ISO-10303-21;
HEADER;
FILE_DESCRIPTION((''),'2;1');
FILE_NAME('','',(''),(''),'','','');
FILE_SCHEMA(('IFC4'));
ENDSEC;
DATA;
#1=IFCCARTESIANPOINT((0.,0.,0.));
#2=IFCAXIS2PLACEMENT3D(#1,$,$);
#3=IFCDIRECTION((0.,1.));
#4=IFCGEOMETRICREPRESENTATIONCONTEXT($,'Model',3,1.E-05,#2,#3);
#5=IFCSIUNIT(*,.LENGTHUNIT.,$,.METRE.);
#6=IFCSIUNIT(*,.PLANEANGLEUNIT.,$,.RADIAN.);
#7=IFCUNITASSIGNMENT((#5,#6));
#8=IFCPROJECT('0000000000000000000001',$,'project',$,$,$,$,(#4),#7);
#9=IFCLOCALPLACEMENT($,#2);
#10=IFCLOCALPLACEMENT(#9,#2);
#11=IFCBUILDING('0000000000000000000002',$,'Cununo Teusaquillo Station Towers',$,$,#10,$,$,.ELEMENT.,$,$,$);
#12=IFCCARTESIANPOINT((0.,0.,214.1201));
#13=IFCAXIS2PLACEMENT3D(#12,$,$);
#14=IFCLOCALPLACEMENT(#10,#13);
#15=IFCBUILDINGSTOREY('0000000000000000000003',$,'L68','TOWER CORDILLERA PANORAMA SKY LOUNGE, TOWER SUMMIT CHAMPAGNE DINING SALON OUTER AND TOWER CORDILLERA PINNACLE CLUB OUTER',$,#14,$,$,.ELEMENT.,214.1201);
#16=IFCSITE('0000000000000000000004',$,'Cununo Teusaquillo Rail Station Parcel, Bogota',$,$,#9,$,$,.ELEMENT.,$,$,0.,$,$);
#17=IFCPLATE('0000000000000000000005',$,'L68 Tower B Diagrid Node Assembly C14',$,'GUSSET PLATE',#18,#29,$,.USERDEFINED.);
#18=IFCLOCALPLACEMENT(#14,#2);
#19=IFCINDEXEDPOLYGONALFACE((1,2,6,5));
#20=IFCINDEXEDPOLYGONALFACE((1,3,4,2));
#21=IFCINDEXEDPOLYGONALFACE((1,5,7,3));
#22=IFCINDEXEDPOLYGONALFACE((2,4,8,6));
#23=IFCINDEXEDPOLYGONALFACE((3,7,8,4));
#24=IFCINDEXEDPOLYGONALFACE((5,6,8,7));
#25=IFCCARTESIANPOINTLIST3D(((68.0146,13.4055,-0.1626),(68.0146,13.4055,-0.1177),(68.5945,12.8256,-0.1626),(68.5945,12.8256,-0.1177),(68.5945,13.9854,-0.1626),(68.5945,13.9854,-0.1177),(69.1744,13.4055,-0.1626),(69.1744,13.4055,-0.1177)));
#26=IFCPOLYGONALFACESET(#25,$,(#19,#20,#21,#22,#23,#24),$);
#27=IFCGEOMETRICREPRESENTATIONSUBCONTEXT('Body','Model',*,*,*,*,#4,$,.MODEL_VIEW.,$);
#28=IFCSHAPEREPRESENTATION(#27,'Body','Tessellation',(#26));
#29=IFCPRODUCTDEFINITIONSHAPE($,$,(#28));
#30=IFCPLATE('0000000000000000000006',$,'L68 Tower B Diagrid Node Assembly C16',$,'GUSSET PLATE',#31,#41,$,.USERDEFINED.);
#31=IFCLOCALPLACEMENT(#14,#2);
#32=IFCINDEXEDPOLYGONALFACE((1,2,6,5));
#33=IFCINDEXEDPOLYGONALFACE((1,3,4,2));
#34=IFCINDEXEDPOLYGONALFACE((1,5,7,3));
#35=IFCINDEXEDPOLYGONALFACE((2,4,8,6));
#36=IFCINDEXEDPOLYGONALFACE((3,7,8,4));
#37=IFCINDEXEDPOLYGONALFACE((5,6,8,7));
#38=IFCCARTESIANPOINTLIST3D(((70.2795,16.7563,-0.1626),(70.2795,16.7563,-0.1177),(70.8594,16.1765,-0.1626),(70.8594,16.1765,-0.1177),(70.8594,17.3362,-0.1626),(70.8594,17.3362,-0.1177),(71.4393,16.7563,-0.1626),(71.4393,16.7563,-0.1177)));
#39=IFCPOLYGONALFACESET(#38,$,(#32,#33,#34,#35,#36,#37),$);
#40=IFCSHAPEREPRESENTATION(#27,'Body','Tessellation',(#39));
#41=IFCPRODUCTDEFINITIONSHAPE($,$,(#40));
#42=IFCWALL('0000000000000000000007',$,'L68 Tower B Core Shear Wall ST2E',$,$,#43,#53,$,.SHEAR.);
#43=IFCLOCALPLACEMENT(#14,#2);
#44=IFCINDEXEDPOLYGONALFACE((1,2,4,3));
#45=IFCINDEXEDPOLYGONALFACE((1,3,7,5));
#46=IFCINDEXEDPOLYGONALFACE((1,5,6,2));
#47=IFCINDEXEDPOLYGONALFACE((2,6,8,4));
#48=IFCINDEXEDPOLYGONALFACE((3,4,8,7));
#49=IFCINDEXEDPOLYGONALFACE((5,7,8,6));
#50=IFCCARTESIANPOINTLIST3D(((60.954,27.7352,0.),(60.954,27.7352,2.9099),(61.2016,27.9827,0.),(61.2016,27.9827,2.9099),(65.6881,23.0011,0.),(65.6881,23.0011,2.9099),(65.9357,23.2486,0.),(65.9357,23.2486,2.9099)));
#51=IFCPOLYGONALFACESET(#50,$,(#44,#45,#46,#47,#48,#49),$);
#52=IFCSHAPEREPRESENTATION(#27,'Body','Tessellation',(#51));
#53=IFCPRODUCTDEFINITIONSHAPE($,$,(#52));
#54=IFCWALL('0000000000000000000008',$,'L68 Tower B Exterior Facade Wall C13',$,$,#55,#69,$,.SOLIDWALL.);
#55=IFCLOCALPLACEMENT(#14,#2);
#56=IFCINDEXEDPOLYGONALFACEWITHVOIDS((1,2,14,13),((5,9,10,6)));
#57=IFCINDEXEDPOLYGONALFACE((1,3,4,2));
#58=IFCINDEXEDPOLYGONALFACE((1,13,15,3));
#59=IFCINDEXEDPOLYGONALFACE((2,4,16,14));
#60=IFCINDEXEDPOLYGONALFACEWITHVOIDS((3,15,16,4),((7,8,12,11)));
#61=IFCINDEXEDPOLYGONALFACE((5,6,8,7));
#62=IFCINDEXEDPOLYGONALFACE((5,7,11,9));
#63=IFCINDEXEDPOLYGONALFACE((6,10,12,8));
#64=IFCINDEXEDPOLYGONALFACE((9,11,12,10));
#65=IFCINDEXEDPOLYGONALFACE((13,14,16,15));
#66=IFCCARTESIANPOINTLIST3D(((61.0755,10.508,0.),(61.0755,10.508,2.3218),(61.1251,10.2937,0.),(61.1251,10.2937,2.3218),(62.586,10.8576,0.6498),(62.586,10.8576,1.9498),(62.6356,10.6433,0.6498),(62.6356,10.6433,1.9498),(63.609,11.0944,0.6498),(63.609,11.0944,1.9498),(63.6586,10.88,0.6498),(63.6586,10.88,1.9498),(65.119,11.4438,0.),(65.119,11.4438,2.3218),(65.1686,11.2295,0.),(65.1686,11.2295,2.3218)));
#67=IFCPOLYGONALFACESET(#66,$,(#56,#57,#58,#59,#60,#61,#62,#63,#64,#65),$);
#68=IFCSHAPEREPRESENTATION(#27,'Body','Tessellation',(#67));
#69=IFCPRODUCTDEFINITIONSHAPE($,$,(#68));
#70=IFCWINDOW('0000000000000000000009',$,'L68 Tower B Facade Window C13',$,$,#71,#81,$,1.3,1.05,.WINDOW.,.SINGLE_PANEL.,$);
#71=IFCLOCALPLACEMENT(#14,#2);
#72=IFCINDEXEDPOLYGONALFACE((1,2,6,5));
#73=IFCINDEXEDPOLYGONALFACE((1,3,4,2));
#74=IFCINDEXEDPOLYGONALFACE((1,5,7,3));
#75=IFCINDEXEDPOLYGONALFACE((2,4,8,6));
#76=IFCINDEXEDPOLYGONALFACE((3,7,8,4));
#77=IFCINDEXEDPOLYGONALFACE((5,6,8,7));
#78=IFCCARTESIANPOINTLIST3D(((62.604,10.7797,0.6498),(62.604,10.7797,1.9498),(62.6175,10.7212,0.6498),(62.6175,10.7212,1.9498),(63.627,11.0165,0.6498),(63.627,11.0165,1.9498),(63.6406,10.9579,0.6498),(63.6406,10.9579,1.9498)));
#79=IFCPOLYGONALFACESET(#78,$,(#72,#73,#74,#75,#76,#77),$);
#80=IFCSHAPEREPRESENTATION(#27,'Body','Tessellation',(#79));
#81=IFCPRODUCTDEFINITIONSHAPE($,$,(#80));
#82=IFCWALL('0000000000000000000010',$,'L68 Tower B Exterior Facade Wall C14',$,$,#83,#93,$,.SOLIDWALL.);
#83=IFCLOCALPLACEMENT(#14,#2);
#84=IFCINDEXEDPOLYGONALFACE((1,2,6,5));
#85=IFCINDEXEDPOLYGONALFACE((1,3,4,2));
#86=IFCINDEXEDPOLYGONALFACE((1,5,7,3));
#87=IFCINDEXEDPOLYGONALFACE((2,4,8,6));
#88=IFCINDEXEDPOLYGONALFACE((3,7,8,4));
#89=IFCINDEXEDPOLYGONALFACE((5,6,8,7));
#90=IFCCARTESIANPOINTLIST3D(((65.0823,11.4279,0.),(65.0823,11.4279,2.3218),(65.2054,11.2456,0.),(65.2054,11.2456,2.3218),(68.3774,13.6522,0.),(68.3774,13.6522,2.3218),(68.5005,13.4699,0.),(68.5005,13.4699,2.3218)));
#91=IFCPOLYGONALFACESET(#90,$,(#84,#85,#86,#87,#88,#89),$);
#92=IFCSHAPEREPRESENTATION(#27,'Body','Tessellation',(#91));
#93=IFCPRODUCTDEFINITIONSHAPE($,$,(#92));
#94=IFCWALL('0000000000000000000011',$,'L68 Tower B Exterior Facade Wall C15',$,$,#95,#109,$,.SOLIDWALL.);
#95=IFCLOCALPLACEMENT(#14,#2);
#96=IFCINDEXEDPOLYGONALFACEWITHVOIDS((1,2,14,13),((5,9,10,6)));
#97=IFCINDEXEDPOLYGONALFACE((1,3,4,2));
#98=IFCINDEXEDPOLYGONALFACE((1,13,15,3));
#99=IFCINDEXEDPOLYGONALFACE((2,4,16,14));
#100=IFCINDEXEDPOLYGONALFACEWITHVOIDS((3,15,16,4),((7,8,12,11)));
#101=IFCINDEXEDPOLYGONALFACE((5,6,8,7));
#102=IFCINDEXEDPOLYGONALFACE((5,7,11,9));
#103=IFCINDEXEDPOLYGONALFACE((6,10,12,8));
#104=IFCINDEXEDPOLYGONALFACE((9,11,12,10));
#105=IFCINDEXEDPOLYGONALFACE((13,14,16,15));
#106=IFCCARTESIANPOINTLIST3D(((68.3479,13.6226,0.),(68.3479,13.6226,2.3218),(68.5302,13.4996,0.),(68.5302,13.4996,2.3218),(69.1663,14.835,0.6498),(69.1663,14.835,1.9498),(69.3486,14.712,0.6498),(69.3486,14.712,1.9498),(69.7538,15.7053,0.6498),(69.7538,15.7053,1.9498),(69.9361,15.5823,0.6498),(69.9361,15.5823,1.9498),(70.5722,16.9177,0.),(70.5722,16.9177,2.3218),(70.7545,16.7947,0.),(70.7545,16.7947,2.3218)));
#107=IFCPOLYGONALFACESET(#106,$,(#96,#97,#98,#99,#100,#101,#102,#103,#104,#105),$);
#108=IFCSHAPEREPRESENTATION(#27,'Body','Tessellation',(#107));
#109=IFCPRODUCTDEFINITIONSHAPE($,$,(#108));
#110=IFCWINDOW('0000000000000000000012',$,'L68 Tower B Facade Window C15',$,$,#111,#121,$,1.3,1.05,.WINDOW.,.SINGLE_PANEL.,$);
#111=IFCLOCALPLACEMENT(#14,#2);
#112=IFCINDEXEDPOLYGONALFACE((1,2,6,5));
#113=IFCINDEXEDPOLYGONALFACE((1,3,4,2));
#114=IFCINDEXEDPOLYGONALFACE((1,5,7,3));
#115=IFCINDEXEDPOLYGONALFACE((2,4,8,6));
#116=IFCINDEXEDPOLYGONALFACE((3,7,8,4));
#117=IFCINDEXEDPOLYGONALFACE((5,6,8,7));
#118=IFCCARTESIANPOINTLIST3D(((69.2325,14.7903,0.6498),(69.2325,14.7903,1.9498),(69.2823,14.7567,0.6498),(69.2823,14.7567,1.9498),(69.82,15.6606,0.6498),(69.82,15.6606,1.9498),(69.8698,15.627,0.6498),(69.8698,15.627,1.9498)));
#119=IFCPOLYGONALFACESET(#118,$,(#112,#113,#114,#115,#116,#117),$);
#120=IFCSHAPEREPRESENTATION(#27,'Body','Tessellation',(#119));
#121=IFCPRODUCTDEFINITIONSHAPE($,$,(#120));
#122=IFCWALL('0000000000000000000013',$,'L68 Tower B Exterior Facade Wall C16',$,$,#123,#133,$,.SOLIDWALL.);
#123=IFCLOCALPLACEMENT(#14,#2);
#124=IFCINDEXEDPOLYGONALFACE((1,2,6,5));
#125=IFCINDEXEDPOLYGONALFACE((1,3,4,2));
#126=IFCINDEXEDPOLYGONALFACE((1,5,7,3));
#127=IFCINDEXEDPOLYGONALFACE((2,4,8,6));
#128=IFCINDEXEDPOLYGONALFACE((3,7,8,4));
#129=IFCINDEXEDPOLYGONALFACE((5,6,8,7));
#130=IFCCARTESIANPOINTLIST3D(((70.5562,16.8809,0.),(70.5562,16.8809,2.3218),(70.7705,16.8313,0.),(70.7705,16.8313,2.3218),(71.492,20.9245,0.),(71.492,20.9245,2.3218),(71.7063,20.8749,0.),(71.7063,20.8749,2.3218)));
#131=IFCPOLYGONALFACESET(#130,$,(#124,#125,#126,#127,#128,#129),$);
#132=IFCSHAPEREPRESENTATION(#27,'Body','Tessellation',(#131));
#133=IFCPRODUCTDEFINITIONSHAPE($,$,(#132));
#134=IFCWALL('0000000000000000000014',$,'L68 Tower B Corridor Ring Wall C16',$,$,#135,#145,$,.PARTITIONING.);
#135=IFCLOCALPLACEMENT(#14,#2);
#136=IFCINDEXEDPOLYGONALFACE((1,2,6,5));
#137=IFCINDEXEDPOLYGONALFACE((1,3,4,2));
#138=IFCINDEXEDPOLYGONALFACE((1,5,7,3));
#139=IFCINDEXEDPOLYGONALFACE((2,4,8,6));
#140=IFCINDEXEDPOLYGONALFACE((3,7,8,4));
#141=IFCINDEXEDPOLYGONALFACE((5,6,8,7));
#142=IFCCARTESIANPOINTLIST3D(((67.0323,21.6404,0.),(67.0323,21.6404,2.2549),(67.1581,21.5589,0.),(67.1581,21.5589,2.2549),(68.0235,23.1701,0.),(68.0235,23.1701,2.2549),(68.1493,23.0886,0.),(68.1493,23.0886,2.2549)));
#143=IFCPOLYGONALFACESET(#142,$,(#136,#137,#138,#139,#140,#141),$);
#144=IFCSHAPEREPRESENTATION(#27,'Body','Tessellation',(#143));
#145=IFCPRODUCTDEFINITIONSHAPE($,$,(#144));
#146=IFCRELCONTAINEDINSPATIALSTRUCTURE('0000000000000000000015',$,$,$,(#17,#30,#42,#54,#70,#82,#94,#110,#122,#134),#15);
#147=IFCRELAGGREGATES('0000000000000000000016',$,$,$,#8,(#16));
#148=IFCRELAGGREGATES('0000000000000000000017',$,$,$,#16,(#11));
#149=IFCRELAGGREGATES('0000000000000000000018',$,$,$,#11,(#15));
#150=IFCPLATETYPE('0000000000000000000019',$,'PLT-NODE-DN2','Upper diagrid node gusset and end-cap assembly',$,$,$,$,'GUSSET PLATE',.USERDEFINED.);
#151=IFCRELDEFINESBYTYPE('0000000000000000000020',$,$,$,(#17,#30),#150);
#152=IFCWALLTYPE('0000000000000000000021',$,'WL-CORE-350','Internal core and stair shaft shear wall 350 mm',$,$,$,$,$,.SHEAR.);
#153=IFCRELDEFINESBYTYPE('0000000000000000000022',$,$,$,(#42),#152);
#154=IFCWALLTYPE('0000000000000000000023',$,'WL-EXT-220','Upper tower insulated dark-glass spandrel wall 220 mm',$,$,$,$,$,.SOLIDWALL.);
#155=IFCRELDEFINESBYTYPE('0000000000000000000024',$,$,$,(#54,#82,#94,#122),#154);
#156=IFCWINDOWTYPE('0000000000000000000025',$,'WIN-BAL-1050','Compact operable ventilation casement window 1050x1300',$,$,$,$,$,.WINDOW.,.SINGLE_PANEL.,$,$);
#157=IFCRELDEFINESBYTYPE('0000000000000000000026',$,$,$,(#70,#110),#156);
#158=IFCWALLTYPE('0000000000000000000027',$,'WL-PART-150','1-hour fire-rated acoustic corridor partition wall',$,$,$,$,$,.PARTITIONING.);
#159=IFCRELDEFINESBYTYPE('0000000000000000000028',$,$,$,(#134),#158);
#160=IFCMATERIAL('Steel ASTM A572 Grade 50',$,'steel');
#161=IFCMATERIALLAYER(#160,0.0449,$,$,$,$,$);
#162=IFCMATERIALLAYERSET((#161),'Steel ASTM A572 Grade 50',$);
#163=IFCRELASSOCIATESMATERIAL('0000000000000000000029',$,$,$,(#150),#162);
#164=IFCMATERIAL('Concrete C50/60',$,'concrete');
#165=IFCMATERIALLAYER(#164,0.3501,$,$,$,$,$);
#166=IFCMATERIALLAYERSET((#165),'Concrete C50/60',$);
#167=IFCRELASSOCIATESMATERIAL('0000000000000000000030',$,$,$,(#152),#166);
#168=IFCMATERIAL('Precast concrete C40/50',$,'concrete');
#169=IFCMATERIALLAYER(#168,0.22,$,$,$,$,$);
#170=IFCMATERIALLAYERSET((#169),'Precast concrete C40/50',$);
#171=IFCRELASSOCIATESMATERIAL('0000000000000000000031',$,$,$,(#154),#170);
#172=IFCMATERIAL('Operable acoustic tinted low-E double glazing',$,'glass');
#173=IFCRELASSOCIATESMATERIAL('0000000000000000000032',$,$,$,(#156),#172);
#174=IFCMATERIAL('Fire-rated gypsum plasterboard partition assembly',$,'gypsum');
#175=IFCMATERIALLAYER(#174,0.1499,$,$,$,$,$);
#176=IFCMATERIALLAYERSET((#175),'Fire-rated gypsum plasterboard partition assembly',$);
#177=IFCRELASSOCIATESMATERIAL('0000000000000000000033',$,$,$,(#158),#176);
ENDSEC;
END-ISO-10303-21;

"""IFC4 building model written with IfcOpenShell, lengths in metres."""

from ifc_helpers import new_model, si_unit, direction, frame, frame_2d, origin, origin_2d, place, context, subcontext, project, spatial, rectangle, extrude, source, transform, mapped, material, layer, layer_set, type_object, element, fill, save


model = new_model("IFC4")

# Units and contexts
model_context = context("Model", 3, precision=1e-05, world=origin(), true_north=direction((0.0, 1.0)))
body_context = subcontext(model_context, "Body", "Model", "MODEL_VIEW")
ifc_project = project(units=[si_unit("LENGTHUNIT", "METRE"), si_unit("PLANEANGLEUNIT", "RADIAN")], contexts=[model_context])

# Site, building, storey
site_placement = place(None, origin())
site = spatial("IfcSite", under=ifc_project, at=site_placement, Name="Cununo Teusaquillo Rail Station Parcel, Bogota", CompositionType="ELEMENT", RefElevation=0.0)
building_placement = place(site_placement, origin())
building = spatial("IfcBuilding", under=site, at=building_placement, Name="Cununo Teusaquillo Station Towers", CompositionType="ELEMENT")
storey_placement = place(building_placement, frame((0.0, 0.0, 214.1201)))
storey = spatial("IfcBuildingStorey", under=building, at=storey_placement, Name="L68", Description="TOWER CORDILLERA PANORAMA SKY LOUNGE, TOWER SUMMIT CHAMPAGNE DINING SALON OUTER AND TOWER CORDILLERA PINNACLE CLUB OUTER", CompositionType="ELEMENT", Elevation=214.1201)

# Plates
ifc_material_1 = material(Name="Steel ASTM A572 Grade 50", Category="steel")
ifc_layer_1 = layer(ifc_material_1, 0.0449)
ifc_layer_set_1 = layer_set([ifc_layer_1], Name="Steel ASTM A572 Grade 50")
plate_type = type_object("IfcPlateType", Name="PLT-NODE-DN2", Description="Upper diagrid node gusset and end-cap assembly", ElementType="GUSSET PLATE", PredefinedType="USERDEFINED", material=ifc_layer_set_1)
shared_shape_1 = source(origin(), body_context, "Body", "SweptSolid", [
    extrude(rectangle(XDim=0.8201, YDim=0.8201, at=origin_2d()), origin(), (0.0, 0.0, 1.0), 0.0449),
])
for number, where, z_axis, x_axis, name in (
    (1, (68.5945, 13.4055, -0.1626), (0.0, 0.0, 1.0), (0.707107, 0.707107, 0.0), "L68 Tower B Diagrid Node Assembly C14"),
    (2, (70.8594, 16.7563, -0.1626), (0.0, 0.0, 1.0), (0.707107, 0.707107, 0.0), "L68 Tower B Diagrid Node Assembly C16"),
):
    element("IfcPlate", number, at=place(storey_placement, frame(where, z_axis=z_axis, x_axis=x_axis)), inside=storey, type_object=plate_type, Name=name, ObjectType="GUSSET PLATE", PredefinedType="USERDEFINED", context=body_context, shape_type="MappedRepresentation", body=[
        mapped(shared_shape_1, transform((0.0, 0.0, 0.0), x_axis=(1.0, 0.0, 0.0), y_axis=(0.0, 1.0, 0.0), z_axis=(0.0, 0.0, 1.0), scale=1.0)),
    ])

# Wall
ifc_material_2 = material(Name="Concrete C50/60", Category="concrete")
ifc_layer_2 = layer(ifc_material_2, 0.3501)
ifc_layer_set_2 = layer_set([ifc_layer_2], Name="Concrete C50/60")
wall_type_1 = type_object("IfcWallType", Name="WL-CORE-350", Description="Internal core and stair shaft shear wall 350 mm", PredefinedType="SHEAR", material=ifc_layer_set_2)
wall_1_placement = place(storey_placement, frame((65.812, 23.1248, 0.0), z_axis=(0.0, 0.0, 1.0), x_axis=(-0.707107, 0.707107, 0.0)))
element("IfcWall", 3, at=wall_1_placement, inside=storey, type_object=wall_type_1, Name="L68 Tower B Core Shear Wall ST2E", PredefinedType="SHEAR", context=body_context, shape_type="SweptSolid", body=[
    extrude(rectangle(XDim=6.6951, YDim=0.3501, at=frame_2d((3.3477, 0.0))), origin(), (0.0, 0.0, 1.0), 2.9099),
])

# Wall, opening, window
ifc_material_3 = material(Name="Precast concrete C40/50", Category="concrete")
ifc_layer_3 = layer(ifc_material_3, 0.22)
ifc_layer_set_3 = layer_set([ifc_layer_3], Name="Precast concrete C40/50")
wall_type_2 = type_object("IfcWallType", Name="WL-EXT-220", Description="Upper tower insulated dark-glass spandrel wall 220 mm", PredefinedType="SOLIDWALL", material=ifc_layer_set_3)
wall_2_placement = place(storey_placement, frame((65.1438, 11.3367, 0.0), z_axis=(0.0, 0.0, 1.0), x_axis=(-0.974249, -0.225474, 0.0)))
wall_2 = element("IfcWall", 4, at=wall_2_placement, inside=storey, type_object=wall_type_2, Name="L68 Tower B Exterior Facade Wall C13", PredefinedType="SOLIDWALL", context=body_context, shape_type="SweptSolid", body=[
    extrude(rectangle(XDim=4.1504, YDim=0.22, at=frame_2d((2.0752, 0.0))), origin(), (0.0, 0.0, 1.0), 2.3218),
])
shared_shape_2 = source(origin(), body_context, "Body", "SweptSolid", [
    extrude(rectangle(XDim=1.05, YDim=1.3, at=frame_2d((0.5249, 0.6499))), frame((0.0, 0.1199, 0.0), z_axis=(0.0, -1.0, 0.0), x_axis=(1.0, 0.0, 0.0)), (0.0, 0.0, 1.0), 0.24),
])
opening_1_placement = place(wall_2_placement, frame((1.55, 0.0, 0.6499)))
opening_1 = element("IfcOpeningElement", 5, at=opening_1_placement, cuts=wall_2, PredefinedType="OPENING", context=body_context, shape_type="MappedRepresentation", body=[
    mapped(shared_shape_2, transform((0.0, 0.0, 0.0), x_axis=(1.0, 0.0, 0.0), y_axis=(0.0, 1.0, 0.0), z_axis=(0.0, 0.0, 1.0), scale=1.0)),
])
ifc_material_4 = material(Name="Operable acoustic tinted low-E double glazing", Category="glass")
window_type = type_object("IfcWindowType", Name="WIN-BAL-1050", Description="Compact operable ventilation casement window 1050x1300", PartitioningType="SINGLE_PANEL", PredefinedType="WINDOW", material=ifc_material_4)
shared_shape_3 = source(origin(), body_context, "Body", "SweptSolid", [
    extrude(rectangle(XDim=1.05, YDim=1.3, at=frame_2d((0.5249, 0.6499))), frame((0.0, 0.03, 0.0), z_axis=(0.0, -1.0, 0.0), x_axis=(1.0, 0.0, 0.0)), (0.0, 0.0, 1.0), 0.0601),
])
window_1_placement = place(opening_1_placement, origin())
window_1 = element("IfcWindow", 6, at=window_1_placement, inside=storey, type_object=window_type, Name="L68 Tower B Facade Window C13", OverallHeight=1.3, OverallWidth=1.05, PartitioningType="SINGLE_PANEL", PredefinedType="WINDOW", context=body_context, shape_type="MappedRepresentation", body=[
    mapped(shared_shape_3, transform((0.0, 0.0, 0.0), x_axis=(1.0, 0.0, 0.0), y_axis=(0.0, 1.0, 0.0), z_axis=(0.0, 0.0, 1.0), scale=1.0)),
])
fill(opening_1, window_1)

# Wall
wall_3_placement = place(storey_placement, frame((68.439, 13.561, 0.0), z_axis=(0.0, 0.0, 1.0), x_axis=(-0.828834, -0.559495, 0.0)))
element("IfcWall", 7, at=wall_3_placement, inside=storey, type_object=wall_type_2, Name="L68 Tower B Exterior Facade Wall C14", PredefinedType="SOLIDWALL", context=body_context, shape_type="SweptSolid", body=[
    extrude(rectangle(XDim=3.9756, YDim=0.22, at=frame_2d((1.9878, 0.0))), origin(), (0.0, 0.0, 1.0), 2.3218),
])

# Wall, opening, window
wall_4_placement = place(storey_placement, frame((70.6633, 16.8562, 0.0), z_axis=(0.0, 0.0, 1.0), x_axis=(-0.559495, -0.828834, 0.0)))
wall_4 = element("IfcWall", 8, at=wall_4_placement, inside=storey, type_object=wall_type_2, Name="L68 Tower B Exterior Facade Wall C15", PredefinedType="SOLIDWALL", context=body_context, shape_type="SweptSolid", body=[
    extrude(rectangle(XDim=3.9756, YDim=0.22, at=frame_2d((1.9878, 0.0))), origin(), (0.0, 0.0, 1.0), 2.3218),
])
opening_2_placement = place(wall_4_placement, frame((1.4629, 0.0, 0.6499)))
opening_2 = element("IfcOpeningElement", 9, at=opening_2_placement, cuts=wall_4, PredefinedType="OPENING", context=body_context, shape_type="MappedRepresentation", body=[
    mapped(shared_shape_2, transform((0.0, 0.0, 0.0), x_axis=(1.0, 0.0, 0.0), y_axis=(0.0, 1.0, 0.0), z_axis=(0.0, 0.0, 1.0), scale=1.0)),
])
window_2_placement = place(opening_2_placement, origin())
window_2 = element("IfcWindow", 10, at=window_2_placement, inside=storey, type_object=window_type, Name="L68 Tower B Facade Window C15", OverallHeight=1.3, OverallWidth=1.05, PartitioningType="SINGLE_PANEL", PredefinedType="WINDOW", context=body_context, shape_type="MappedRepresentation", body=[
    mapped(shared_shape_3, transform((0.0, 0.0, 0.0), x_axis=(1.0, 0.0, 0.0), y_axis=(0.0, 1.0, 0.0), z_axis=(0.0, 0.0, 1.0), scale=1.0)),
])
fill(opening_2, window_2)

# Walls
wall_5_placement = place(storey_placement, frame((71.5991, 20.8997, 0.0), z_axis=(0.0, 0.0, 1.0), x_axis=(-0.225474, -0.974249, 0.0)))
element("IfcWall", 11, at=wall_5_placement, inside=storey, type_object=wall_type_2, Name="L68 Tower B Exterior Facade Wall C16", PredefinedType="SOLIDWALL", context=body_context, shape_type="SweptSolid", body=[
    extrude(rectangle(XDim=4.1504, YDim=0.22, at=frame_2d((2.0752, 0.0))), origin(), (0.0, 0.0, 1.0), 2.3218),
])
ifc_material_5 = material(Name="Fire-rated gypsum plasterboard partition assembly", Category="gypsum")
ifc_layer_4 = layer(ifc_material_5, 0.1499)
ifc_layer_set_4 = layer_set([ifc_layer_4], Name="Fire-rated gypsum plasterboard partition assembly")
wall_type_3 = type_object("IfcWallType", Name="WL-PART-150", Description="1-hour fire-rated acoustic corridor partition wall", PredefinedType="PARTITIONING", material=ifc_layer_set_4)
wall_6_placement = place(storey_placement, frame((67.0952, 21.5996, 0.0), z_axis=(0.0, 0.0, 1.0), x_axis=(0.543773, 0.839232, 0.0)))
element("IfcWall", 12, at=wall_6_placement, inside=storey, type_object=wall_type_3, Name="L68 Tower B Corridor Ring Wall C16", PredefinedType="PARTITIONING", context=body_context, shape_type="SweptSolid", body=[
    extrude(rectangle(XDim=1.8228, YDim=0.1499, at=frame_2d((0.9114, 0.0))), origin(), (0.0, 0.0, 1.0), 2.2549),
])

save(model, "model.ifc")
